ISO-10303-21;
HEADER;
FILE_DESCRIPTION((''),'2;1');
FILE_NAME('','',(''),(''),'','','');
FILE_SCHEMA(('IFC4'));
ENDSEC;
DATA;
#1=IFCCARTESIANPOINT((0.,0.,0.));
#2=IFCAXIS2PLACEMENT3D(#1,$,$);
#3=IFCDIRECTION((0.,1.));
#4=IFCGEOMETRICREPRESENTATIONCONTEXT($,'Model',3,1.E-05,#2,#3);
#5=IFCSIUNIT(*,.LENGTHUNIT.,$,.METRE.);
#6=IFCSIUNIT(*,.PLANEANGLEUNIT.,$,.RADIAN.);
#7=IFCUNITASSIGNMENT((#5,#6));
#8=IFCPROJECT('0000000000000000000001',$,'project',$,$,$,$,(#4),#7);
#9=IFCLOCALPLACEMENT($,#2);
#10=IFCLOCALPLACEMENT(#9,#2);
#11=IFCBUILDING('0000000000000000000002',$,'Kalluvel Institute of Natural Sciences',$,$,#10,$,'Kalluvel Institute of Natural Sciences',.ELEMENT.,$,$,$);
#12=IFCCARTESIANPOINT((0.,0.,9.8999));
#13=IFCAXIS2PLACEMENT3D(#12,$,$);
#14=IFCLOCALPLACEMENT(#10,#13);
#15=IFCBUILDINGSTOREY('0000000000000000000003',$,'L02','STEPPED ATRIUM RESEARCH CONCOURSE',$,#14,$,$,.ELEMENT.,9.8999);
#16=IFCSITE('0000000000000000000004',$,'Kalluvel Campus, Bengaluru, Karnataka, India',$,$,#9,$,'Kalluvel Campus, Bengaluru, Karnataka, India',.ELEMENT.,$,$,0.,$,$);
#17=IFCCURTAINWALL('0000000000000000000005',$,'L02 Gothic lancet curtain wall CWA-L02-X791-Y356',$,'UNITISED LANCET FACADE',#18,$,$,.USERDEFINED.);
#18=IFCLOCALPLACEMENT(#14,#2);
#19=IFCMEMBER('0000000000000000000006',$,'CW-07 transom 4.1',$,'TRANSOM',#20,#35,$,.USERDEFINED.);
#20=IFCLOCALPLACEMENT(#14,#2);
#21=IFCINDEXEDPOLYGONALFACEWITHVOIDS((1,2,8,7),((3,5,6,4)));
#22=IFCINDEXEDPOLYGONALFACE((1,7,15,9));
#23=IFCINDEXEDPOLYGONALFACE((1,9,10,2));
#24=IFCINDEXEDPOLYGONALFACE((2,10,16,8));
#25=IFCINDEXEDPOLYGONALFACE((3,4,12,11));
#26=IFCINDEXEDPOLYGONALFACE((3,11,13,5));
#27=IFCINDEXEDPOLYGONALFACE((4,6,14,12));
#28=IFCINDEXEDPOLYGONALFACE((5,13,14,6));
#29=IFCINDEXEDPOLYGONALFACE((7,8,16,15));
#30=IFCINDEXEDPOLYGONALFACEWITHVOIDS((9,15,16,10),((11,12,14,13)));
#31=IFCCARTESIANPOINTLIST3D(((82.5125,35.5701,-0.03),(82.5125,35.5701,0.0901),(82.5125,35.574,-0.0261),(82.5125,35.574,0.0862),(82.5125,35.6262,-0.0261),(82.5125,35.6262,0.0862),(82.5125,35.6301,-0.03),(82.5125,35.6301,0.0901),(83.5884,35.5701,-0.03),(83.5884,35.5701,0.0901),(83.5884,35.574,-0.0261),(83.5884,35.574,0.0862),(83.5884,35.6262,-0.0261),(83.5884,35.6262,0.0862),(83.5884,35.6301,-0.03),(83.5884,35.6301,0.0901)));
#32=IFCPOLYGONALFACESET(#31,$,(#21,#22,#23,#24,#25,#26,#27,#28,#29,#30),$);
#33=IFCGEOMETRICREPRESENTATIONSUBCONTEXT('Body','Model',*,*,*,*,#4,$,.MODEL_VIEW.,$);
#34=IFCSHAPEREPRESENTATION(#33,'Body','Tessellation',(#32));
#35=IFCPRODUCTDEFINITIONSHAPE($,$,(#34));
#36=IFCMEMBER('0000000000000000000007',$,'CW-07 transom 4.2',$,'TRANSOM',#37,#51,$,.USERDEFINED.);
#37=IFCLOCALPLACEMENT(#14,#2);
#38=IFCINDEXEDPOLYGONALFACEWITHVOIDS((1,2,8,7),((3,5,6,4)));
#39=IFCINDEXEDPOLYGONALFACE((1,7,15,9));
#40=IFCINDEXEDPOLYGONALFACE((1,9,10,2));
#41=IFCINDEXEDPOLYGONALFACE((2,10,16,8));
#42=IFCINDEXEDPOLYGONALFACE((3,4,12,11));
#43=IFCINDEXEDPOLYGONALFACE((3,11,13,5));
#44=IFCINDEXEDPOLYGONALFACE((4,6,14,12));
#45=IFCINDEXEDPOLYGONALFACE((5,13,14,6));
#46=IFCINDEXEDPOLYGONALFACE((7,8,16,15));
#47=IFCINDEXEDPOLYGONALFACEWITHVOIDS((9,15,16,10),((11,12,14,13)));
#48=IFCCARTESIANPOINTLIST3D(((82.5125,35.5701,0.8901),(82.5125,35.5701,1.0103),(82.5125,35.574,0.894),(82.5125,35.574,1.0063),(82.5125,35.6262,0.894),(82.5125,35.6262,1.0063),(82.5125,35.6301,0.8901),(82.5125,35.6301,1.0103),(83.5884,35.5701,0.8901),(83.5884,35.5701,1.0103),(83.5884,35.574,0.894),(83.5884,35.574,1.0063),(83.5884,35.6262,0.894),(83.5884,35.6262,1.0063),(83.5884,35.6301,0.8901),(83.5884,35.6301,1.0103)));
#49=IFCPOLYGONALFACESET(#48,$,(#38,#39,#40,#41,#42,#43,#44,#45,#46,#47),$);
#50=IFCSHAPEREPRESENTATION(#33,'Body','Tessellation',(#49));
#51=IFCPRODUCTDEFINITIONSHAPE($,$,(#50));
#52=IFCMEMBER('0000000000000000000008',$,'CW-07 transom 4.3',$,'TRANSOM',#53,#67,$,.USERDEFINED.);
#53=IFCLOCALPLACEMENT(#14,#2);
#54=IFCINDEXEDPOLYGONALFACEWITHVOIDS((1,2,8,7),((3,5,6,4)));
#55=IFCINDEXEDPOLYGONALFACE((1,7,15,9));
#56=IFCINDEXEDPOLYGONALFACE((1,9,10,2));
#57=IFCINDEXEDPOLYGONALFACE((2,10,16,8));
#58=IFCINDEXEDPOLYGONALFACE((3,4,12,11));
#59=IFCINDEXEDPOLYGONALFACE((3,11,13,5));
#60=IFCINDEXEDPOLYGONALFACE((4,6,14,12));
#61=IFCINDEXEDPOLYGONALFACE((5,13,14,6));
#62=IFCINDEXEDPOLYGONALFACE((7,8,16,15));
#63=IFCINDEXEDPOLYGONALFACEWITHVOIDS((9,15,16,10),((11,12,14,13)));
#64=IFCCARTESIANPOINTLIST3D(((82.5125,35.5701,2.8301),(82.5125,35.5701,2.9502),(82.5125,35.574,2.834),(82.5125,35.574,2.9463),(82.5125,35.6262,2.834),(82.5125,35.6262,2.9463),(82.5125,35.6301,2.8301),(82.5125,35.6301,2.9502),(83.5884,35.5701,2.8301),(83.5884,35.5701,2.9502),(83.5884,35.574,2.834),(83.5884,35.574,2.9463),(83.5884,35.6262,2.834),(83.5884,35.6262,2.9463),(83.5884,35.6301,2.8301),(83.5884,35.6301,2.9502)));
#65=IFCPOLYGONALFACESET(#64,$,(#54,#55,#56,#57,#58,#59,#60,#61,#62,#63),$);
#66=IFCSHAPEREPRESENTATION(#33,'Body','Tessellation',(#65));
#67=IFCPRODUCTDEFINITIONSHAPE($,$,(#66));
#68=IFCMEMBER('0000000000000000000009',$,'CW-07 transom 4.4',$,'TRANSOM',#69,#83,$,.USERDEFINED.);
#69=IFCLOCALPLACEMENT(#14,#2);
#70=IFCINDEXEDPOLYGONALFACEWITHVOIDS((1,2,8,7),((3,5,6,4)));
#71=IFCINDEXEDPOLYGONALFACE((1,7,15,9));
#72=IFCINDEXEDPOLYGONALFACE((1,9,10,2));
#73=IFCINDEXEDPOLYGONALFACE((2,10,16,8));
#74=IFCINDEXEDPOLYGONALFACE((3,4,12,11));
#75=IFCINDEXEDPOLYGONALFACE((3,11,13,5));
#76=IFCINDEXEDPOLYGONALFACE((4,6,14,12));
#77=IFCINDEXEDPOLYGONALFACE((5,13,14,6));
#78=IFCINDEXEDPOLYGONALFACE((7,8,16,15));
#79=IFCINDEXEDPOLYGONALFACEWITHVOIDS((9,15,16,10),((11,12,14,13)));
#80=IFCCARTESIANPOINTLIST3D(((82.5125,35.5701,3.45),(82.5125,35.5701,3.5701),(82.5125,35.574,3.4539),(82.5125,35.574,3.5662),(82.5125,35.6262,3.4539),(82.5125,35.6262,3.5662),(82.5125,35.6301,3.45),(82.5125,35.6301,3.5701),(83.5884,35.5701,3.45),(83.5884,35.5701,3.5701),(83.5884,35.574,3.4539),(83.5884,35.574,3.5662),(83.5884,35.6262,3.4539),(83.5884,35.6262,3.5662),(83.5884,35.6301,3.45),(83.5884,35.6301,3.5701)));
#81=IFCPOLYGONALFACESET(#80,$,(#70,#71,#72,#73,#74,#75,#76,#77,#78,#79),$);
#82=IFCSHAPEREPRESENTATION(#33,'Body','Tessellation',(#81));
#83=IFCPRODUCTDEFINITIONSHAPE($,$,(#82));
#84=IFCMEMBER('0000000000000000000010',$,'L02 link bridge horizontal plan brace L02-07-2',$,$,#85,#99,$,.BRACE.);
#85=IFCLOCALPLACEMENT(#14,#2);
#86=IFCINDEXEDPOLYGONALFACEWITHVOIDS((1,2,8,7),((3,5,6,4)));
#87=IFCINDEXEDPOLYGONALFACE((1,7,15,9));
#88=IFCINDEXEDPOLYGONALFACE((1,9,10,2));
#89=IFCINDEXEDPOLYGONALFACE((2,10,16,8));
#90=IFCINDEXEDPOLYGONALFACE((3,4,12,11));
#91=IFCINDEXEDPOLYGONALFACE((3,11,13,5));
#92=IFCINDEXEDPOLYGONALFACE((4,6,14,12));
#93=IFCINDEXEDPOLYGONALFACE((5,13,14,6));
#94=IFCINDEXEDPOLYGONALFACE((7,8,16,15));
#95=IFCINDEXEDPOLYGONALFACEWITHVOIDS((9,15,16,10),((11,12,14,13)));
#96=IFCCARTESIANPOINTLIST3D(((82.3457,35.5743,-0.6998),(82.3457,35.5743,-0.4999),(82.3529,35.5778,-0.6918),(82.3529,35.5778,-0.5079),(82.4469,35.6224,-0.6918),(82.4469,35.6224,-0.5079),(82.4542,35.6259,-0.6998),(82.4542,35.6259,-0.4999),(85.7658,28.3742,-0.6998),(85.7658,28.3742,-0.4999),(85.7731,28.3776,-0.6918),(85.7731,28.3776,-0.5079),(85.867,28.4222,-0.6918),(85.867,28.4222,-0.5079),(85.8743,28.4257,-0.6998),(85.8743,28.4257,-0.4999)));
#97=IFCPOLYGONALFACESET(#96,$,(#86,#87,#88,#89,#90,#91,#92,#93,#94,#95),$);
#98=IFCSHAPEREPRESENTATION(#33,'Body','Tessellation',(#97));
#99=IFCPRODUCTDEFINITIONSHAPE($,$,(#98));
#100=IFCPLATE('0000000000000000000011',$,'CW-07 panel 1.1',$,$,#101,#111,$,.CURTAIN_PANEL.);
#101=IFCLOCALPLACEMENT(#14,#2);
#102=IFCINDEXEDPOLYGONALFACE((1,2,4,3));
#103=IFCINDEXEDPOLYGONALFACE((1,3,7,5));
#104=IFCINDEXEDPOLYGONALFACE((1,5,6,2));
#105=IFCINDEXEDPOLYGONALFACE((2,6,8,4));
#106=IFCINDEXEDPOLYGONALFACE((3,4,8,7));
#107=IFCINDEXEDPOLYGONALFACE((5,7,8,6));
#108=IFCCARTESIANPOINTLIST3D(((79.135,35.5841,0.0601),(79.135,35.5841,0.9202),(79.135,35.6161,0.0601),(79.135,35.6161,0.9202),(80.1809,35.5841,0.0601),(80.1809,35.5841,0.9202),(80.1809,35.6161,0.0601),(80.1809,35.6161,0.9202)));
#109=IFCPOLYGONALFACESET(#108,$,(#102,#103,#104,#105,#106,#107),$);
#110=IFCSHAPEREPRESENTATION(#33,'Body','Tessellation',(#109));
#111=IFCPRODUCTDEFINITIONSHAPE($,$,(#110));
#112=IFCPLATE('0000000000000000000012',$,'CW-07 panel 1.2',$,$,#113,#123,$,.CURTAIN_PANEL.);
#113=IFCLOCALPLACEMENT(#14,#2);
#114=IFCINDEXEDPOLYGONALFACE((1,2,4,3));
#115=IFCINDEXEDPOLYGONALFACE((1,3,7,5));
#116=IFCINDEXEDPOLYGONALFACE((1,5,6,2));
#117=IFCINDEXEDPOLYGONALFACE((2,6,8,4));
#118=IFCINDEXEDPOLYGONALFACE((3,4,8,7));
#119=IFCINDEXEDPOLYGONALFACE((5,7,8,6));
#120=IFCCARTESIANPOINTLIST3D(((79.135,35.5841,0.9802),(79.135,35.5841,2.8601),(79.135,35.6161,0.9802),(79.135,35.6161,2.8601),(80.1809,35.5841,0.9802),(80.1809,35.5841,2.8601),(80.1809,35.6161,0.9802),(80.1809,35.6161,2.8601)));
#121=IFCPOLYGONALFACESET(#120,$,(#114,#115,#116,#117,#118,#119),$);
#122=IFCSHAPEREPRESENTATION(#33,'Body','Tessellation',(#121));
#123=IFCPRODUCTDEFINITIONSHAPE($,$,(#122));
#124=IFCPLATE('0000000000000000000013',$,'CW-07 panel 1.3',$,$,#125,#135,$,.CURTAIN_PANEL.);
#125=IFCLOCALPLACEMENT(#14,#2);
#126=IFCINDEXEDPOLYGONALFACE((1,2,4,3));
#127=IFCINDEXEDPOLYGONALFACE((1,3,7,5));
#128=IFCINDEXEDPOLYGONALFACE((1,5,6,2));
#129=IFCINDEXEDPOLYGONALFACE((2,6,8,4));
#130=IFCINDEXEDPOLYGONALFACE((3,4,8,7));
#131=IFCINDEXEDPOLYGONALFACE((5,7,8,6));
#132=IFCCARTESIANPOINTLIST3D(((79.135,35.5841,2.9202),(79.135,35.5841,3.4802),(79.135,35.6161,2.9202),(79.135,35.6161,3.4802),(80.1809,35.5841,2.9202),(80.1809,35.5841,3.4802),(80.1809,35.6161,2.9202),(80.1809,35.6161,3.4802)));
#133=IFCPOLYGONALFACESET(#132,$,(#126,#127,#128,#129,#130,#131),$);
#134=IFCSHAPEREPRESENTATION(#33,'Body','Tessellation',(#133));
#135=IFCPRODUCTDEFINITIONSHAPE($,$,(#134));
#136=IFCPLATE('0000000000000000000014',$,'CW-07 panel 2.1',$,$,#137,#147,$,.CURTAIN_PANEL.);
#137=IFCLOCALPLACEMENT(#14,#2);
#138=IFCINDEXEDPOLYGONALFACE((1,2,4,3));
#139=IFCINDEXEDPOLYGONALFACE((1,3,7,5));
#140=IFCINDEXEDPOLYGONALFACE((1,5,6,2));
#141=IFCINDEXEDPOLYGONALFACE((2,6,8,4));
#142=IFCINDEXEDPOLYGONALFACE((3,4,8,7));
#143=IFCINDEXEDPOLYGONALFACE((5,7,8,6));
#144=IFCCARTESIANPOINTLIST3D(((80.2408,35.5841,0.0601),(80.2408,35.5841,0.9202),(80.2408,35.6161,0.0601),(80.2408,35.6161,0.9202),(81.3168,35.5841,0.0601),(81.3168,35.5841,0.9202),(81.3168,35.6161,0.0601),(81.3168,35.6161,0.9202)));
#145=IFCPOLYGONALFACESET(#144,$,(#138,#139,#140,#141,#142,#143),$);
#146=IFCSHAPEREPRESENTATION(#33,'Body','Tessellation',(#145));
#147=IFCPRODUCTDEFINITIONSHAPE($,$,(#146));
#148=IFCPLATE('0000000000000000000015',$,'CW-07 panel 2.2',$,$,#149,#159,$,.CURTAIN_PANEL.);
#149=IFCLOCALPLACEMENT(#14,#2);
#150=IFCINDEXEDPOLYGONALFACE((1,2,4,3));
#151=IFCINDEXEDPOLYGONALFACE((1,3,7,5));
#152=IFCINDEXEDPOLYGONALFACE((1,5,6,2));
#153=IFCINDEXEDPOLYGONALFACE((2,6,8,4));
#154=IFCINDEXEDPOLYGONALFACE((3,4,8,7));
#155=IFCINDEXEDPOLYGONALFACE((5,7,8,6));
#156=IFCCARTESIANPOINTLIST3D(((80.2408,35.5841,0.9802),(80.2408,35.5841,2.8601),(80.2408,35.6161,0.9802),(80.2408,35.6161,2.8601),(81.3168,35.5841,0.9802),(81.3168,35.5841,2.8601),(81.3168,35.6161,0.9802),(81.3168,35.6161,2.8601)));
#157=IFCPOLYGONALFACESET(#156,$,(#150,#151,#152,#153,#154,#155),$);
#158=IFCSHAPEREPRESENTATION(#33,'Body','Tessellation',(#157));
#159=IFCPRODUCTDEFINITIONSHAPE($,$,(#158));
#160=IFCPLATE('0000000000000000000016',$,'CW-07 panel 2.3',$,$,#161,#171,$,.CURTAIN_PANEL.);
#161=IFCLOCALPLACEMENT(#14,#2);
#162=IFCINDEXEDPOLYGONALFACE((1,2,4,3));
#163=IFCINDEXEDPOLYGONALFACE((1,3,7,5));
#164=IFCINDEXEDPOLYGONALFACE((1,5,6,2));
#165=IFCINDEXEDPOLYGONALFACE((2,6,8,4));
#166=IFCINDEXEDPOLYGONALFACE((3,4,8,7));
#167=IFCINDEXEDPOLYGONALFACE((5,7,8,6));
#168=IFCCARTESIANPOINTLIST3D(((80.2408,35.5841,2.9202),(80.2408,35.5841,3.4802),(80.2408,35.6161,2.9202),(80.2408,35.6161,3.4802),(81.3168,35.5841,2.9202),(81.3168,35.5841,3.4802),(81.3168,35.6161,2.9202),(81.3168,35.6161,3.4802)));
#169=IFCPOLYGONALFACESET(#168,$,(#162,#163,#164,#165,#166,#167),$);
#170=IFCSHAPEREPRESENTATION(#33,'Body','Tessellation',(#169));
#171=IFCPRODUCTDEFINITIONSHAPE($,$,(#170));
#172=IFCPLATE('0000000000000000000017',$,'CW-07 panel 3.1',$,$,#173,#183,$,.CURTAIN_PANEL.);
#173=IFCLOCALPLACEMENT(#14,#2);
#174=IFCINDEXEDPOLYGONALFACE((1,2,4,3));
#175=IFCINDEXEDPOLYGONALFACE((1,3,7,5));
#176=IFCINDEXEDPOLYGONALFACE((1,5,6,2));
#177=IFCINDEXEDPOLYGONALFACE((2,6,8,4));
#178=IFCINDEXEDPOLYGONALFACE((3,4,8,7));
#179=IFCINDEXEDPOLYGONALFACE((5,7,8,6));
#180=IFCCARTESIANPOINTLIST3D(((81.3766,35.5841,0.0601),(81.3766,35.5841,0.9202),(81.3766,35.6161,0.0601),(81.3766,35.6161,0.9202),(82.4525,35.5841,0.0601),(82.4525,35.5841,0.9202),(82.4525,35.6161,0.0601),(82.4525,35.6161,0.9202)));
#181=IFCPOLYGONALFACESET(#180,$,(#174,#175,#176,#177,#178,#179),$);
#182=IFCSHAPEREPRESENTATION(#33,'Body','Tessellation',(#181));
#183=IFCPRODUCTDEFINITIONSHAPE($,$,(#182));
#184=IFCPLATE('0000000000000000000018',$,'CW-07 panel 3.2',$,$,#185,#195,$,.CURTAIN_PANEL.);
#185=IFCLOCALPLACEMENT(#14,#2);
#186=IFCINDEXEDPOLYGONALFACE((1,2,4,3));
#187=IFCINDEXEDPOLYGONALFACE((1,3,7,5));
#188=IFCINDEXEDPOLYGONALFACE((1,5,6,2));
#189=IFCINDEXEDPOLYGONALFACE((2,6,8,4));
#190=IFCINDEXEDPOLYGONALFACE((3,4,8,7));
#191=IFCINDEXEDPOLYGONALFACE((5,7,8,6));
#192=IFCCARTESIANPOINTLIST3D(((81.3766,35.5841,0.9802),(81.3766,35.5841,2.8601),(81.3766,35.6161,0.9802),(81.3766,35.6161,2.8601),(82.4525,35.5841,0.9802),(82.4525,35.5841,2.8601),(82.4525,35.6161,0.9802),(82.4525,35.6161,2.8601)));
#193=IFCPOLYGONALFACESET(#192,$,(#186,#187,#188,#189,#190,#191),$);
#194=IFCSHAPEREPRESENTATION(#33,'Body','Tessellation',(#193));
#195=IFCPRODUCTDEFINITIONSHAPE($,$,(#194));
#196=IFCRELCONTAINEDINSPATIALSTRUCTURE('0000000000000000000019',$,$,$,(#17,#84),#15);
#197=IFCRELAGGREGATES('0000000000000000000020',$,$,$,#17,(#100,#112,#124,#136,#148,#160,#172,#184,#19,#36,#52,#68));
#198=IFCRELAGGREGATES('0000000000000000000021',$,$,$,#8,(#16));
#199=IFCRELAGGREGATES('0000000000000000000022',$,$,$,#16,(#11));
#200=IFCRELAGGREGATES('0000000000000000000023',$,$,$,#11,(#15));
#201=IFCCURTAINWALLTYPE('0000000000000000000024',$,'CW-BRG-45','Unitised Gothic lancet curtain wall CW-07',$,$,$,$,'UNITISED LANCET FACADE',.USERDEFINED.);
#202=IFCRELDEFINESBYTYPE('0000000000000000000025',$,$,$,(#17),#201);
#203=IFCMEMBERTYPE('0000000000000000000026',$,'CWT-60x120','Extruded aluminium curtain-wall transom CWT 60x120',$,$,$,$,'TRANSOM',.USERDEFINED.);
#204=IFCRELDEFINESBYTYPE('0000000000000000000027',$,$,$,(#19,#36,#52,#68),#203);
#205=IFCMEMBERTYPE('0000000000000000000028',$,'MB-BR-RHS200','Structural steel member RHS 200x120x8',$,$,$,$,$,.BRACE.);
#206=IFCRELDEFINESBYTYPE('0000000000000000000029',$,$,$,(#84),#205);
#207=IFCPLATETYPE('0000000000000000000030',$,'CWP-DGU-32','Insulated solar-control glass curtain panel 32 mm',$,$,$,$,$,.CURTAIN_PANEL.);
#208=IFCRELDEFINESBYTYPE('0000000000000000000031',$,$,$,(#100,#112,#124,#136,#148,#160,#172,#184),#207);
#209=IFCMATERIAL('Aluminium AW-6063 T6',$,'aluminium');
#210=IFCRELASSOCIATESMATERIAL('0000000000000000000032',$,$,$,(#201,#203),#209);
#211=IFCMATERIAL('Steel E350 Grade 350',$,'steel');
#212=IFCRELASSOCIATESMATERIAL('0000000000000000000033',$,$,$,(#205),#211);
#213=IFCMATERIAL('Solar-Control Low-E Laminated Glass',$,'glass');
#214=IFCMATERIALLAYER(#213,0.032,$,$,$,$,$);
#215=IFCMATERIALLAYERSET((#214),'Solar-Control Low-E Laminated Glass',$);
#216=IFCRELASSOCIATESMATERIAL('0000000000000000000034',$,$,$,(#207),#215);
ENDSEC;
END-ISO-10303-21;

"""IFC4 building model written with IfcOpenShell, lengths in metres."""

from ifc_helpers import new_model, si_unit, direction, frame, origin, origin_2d, place, context, subcontext, project, spatial, rectangle, hollow_rectangle, extrude, material, layer, layer_set, material_profile, profile_set, type_object, element, aggregate, save


model = new_model("IFC4")

# Units and contexts
model_context = context("Model", 3, precision=1e-05, world=origin(), true_north=direction((0.0, 1.0)))
body_context = subcontext(model_context, "Body", "Model", "MODEL_VIEW")
ifc_project = project(units=[si_unit("LENGTHUNIT", "METRE"), si_unit("PLANEANGLEUNIT", "RADIAN")], contexts=[model_context])

# Site, building, storey
site_placement = place(None, origin())
site = spatial("IfcSite", under=ifc_project, at=site_placement, Name="Kalluvel Campus, Bengaluru, Karnataka, India", LongName="Kalluvel Campus, Bengaluru, Karnataka, India", CompositionType="ELEMENT", RefElevation=0.0)
building_placement = place(site_placement, origin())
building = spatial("IfcBuilding", under=site, at=building_placement, Name="Kalluvel Institute of Natural Sciences", LongName="Kalluvel Institute of Natural Sciences", CompositionType="ELEMENT")
storey_placement = place(building_placement, frame((0.0, 0.0, 9.8999)))
storey = spatial("IfcBuildingStorey", under=building, at=storey_placement, Name="L02", Description="STEPPED ATRIUM RESEARCH CONCOURSE", CompositionType="ELEMENT", Elevation=9.8999)

# Curtain wall, members
ifc_material_1 = material(Name="Aluminium AW-6063 T6", Category="aluminium")
curtain_wall_type = type_object("IfcCurtainWallType", Name="CW-BRG-45", Description="Unitised Gothic lancet curtain wall CW-07", ElementType="UNITISED LANCET FACADE", PredefinedType="USERDEFINED", material=ifc_material_1)
curtain_wall_placement = place(storey_placement, origin())
curtain_wall = element("IfcCurtainWall", 1, at=curtain_wall_placement, inside=storey, type_object=curtain_wall_type, Name="L02 Gothic lancet curtain wall CWA-L02-X791-Y356", ObjectType="UNITISED LANCET FACADE", PredefinedType="USERDEFINED")
ifc_material_profile_1 = material_profile(ifc_material_1, hollow_rectangle(XDim=0.0601, YDim=0.1201, WallThickness=0.0039, at=origin_2d()), Name="CWT 60x120")
ifc_profile_set_1 = profile_set([ifc_material_profile_1], Name="Aluminium AW-6063 T6")
member_type_1 = type_object("IfcMemberType", Name="CWT-60x120", Description="Extruded aluminium curtain-wall transom CWT 60x120", ElementType="TRANSOM", PredefinedType="USERDEFINED", material=ifc_profile_set_1)
member_1_placement = place(storey_placement, frame((82.5125, 35.6001, 0.03), z_axis=(1.0, 0.0, 0.0), x_axis=(0.0, 1.0, 0.0)))
member_1 = element("IfcMember", 2, at=member_1_placement, type_object=member_type_1, Name="CW-07 transom 4.1", ObjectType="TRANSOM", PredefinedType="USERDEFINED", context=body_context, shape_type="SweptSolid", body=[
    extrude(hollow_rectangle(XDim=0.0601, YDim=0.1201, WallThickness=0.0039, at=origin_2d()), origin(), (0.0, 0.0, 1.0), 1.0759),
])
member_2_placement = place(storey_placement, frame((82.5125, 35.6001, 0.9502), z_axis=(1.0, 0.0, 0.0), x_axis=(0.0, 1.0, 0.0)))
member_2 = element("IfcMember", 3, at=member_2_placement, type_object=member_type_1, Name="CW-07 transom 4.2", ObjectType="TRANSOM", PredefinedType="USERDEFINED", context=body_context, shape_type="SweptSolid", body=[
    extrude(hollow_rectangle(XDim=0.0601, YDim=0.1201, WallThickness=0.0039, at=origin_2d()), origin(), (0.0, 0.0, 1.0), 1.0759),
])
member_3_placement = place(storey_placement, frame((82.5125, 35.6001, 2.8901), z_axis=(1.0, 0.0, 0.0), x_axis=(0.0, 1.0, 0.0)))
member_3 = element("IfcMember", 4, at=member_3_placement, type_object=member_type_1, Name="CW-07 transom 4.3", ObjectType="TRANSOM", PredefinedType="USERDEFINED", context=body_context, shape_type="SweptSolid", body=[
    extrude(hollow_rectangle(XDim=0.0601, YDim=0.1201, WallThickness=0.0039, at=origin_2d()), origin(), (0.0, 0.0, 1.0), 1.0759),
])
member_4_placement = place(storey_placement, frame((82.5125, 35.6001, 3.51), z_axis=(1.0, 0.0, 0.0), x_axis=(0.0, 1.0, 0.0)))
member_4 = element("IfcMember", 5, at=member_4_placement, type_object=member_type_1, Name="CW-07 transom 4.4", ObjectType="TRANSOM", PredefinedType="USERDEFINED", context=body_context, shape_type="SweptSolid", body=[
    extrude(hollow_rectangle(XDim=0.0601, YDim=0.1201, WallThickness=0.0039, at=origin_2d()), origin(), (0.0, 0.0, 1.0), 1.0759),
])

# Member
ifc_material_2 = material(Name="Steel E350 Grade 350", Category="steel")
ifc_material_profile_2 = material_profile(ifc_material_2, hollow_rectangle(XDim=0.1201, YDim=0.2, WallThickness=0.0081, at=origin_2d()), Name="RHS 200x120x8")
ifc_profile_set_2 = profile_set([ifc_material_profile_2], Name="Steel E350 Grade 350")
member_type_2 = type_object("IfcMemberType", Name="MB-BR-RHS200", Description="Structural steel member RHS 200x120x8", PredefinedType="BRACE", material=ifc_profile_set_2)
member_5_placement = place(storey_placement, frame((82.3999, 35.6001, -0.5999), z_axis=(0.429064, -0.903274, 0.0), x_axis=(0.903274, 0.429064, 0.0)))
element("IfcMember", 6, at=member_5_placement, inside=storey, type_object=member_type_2, Name="L02 link bridge horizontal plan brace L02-07-2", PredefinedType="BRACE", context=body_context, shape_type="SweptSolid", body=[
    extrude(hollow_rectangle(XDim=0.1201, YDim=0.2, WallThickness=0.0081, at=origin_2d()), origin(), (0.0, 0.0, 1.0), 7.9712),
])

# Plates
ifc_material_3 = material(Name="Solar-Control Low-E Laminated Glass", Category="glass")
ifc_layer = layer(ifc_material_3, 0.032)
ifc_layer_set = layer_set([ifc_layer], Name="Solar-Control Low-E Laminated Glass")
plate_type = type_object("IfcPlateType", Name="CWP-DGU-32", Description="Insulated solar-control glass curtain panel 32 mm", PredefinedType="CURTAIN_PANEL", material=ifc_layer_set)
plate_1_placement = place(storey_placement, frame((79.658, 35.6001, 0.0601), z_axis=(0.0, 0.0, 1.0), x_axis=(1.0, 0.0, 0.0)))
plate_1 = element("IfcPlate", 7, at=plate_1_placement, type_object=plate_type, Name="CW-07 panel 1.1", PredefinedType="CURTAIN_PANEL", context=body_context, shape_type="SweptSolid", body=[
    extrude(rectangle(XDim=1.0459, YDim=0.032, at=origin_2d()), origin(), (0.0, 0.0, 1.0), 0.8601),
])
plate_2_placement = place(storey_placement, frame((79.658, 35.6001, 0.9802), z_axis=(0.0, 0.0, 1.0), x_axis=(1.0, 0.0, 0.0)))
plate_2 = element("IfcPlate", 8, at=plate_2_placement, type_object=plate_type, Name="CW-07 panel 1.2", PredefinedType="CURTAIN_PANEL", context=body_context, shape_type="SweptSolid", body=[
    extrude(rectangle(XDim=1.0459, YDim=0.032, at=origin_2d()), origin(), (0.0, 0.0, 1.0), 1.8799),
])
plate_3_placement = place(storey_placement, frame((79.658, 35.6001, 2.9202), z_axis=(0.0, 0.0, 1.0), x_axis=(1.0, 0.0, 0.0)))
plate_3 = element("IfcPlate", 9, at=plate_3_placement, type_object=plate_type, Name="CW-07 panel 1.3", PredefinedType="CURTAIN_PANEL", context=body_context, shape_type="SweptSolid", body=[
    extrude(rectangle(XDim=1.0459, YDim=0.032, at=origin_2d()), origin(), (0.0, 0.0, 1.0), 0.5601),
])
plate_4_placement = place(storey_placement, frame((80.7788, 35.6001, 0.0601), z_axis=(0.0, 0.0, 1.0), x_axis=(1.0, 0.0, 0.0)))
plate_4 = element("IfcPlate", 10, at=plate_4_placement, type_object=plate_type, Name="CW-07 panel 2.1", PredefinedType="CURTAIN_PANEL", context=body_context, shape_type="SweptSolid", body=[
    extrude(rectangle(XDim=1.0759, YDim=0.032, at=origin_2d()), origin(), (0.0, 0.0, 1.0), 0.8601),
])
plate_5_placement = place(storey_placement, frame((80.7788, 35.6001, 0.9802), z_axis=(0.0, 0.0, 1.0), x_axis=(1.0, 0.0, 0.0)))
plate_5 = element("IfcPlate", 11, at=plate_5_placement, type_object=plate_type, Name="CW-07 panel 2.2", PredefinedType="CURTAIN_PANEL", context=body_context, shape_type="SweptSolid", body=[
    extrude(rectangle(XDim=1.0759, YDim=0.032, at=origin_2d()), origin(), (0.0, 0.0, 1.0), 1.8799),
])
plate_6_placement = place(storey_placement, frame((80.7788, 35.6001, 2.9202), z_axis=(0.0, 0.0, 1.0), x_axis=(1.0, 0.0, 0.0)))
plate_6 = element("IfcPlate", 12, at=plate_6_placement, type_object=plate_type, Name="CW-07 panel 2.3", PredefinedType="CURTAIN_PANEL", context=body_context, shape_type="SweptSolid", body=[
    extrude(rectangle(XDim=1.0759, YDim=0.032, at=origin_2d()), origin(), (0.0, 0.0, 1.0), 0.5601),
])
plate_7_placement = place(storey_placement, frame((81.9146, 35.6001, 0.0601), z_axis=(0.0, 0.0, 1.0), x_axis=(1.0, 0.0, 0.0)))
plate_7 = element("IfcPlate", 13, at=plate_7_placement, type_object=plate_type, Name="CW-07 panel 3.1", PredefinedType="CURTAIN_PANEL", context=body_context, shape_type="SweptSolid", body=[
    extrude(rectangle(XDim=1.0759, YDim=0.032, at=origin_2d()), origin(), (0.0, 0.0, 1.0), 0.8601),
])
plate_8_placement = place(storey_placement, frame((81.9146, 35.6001, 0.9802), z_axis=(0.0, 0.0, 1.0), x_axis=(1.0, 0.0, 0.0)))
plate_8 = element("IfcPlate", 14, at=plate_8_placement, type_object=plate_type, Name="CW-07 panel 3.2", PredefinedType="CURTAIN_PANEL", context=body_context, shape_type="SweptSolid", body=[
    extrude(rectangle(XDim=1.0759, YDim=0.032, at=origin_2d()), origin(), (0.0, 0.0, 1.0), 1.8799),
])
aggregate(curtain_wall, [plate_1, plate_2, plate_3, plate_4, plate_5, plate_6, plate_7, plate_8, member_1, member_2, member_3, member_4])

save(model, "model.ifc")
